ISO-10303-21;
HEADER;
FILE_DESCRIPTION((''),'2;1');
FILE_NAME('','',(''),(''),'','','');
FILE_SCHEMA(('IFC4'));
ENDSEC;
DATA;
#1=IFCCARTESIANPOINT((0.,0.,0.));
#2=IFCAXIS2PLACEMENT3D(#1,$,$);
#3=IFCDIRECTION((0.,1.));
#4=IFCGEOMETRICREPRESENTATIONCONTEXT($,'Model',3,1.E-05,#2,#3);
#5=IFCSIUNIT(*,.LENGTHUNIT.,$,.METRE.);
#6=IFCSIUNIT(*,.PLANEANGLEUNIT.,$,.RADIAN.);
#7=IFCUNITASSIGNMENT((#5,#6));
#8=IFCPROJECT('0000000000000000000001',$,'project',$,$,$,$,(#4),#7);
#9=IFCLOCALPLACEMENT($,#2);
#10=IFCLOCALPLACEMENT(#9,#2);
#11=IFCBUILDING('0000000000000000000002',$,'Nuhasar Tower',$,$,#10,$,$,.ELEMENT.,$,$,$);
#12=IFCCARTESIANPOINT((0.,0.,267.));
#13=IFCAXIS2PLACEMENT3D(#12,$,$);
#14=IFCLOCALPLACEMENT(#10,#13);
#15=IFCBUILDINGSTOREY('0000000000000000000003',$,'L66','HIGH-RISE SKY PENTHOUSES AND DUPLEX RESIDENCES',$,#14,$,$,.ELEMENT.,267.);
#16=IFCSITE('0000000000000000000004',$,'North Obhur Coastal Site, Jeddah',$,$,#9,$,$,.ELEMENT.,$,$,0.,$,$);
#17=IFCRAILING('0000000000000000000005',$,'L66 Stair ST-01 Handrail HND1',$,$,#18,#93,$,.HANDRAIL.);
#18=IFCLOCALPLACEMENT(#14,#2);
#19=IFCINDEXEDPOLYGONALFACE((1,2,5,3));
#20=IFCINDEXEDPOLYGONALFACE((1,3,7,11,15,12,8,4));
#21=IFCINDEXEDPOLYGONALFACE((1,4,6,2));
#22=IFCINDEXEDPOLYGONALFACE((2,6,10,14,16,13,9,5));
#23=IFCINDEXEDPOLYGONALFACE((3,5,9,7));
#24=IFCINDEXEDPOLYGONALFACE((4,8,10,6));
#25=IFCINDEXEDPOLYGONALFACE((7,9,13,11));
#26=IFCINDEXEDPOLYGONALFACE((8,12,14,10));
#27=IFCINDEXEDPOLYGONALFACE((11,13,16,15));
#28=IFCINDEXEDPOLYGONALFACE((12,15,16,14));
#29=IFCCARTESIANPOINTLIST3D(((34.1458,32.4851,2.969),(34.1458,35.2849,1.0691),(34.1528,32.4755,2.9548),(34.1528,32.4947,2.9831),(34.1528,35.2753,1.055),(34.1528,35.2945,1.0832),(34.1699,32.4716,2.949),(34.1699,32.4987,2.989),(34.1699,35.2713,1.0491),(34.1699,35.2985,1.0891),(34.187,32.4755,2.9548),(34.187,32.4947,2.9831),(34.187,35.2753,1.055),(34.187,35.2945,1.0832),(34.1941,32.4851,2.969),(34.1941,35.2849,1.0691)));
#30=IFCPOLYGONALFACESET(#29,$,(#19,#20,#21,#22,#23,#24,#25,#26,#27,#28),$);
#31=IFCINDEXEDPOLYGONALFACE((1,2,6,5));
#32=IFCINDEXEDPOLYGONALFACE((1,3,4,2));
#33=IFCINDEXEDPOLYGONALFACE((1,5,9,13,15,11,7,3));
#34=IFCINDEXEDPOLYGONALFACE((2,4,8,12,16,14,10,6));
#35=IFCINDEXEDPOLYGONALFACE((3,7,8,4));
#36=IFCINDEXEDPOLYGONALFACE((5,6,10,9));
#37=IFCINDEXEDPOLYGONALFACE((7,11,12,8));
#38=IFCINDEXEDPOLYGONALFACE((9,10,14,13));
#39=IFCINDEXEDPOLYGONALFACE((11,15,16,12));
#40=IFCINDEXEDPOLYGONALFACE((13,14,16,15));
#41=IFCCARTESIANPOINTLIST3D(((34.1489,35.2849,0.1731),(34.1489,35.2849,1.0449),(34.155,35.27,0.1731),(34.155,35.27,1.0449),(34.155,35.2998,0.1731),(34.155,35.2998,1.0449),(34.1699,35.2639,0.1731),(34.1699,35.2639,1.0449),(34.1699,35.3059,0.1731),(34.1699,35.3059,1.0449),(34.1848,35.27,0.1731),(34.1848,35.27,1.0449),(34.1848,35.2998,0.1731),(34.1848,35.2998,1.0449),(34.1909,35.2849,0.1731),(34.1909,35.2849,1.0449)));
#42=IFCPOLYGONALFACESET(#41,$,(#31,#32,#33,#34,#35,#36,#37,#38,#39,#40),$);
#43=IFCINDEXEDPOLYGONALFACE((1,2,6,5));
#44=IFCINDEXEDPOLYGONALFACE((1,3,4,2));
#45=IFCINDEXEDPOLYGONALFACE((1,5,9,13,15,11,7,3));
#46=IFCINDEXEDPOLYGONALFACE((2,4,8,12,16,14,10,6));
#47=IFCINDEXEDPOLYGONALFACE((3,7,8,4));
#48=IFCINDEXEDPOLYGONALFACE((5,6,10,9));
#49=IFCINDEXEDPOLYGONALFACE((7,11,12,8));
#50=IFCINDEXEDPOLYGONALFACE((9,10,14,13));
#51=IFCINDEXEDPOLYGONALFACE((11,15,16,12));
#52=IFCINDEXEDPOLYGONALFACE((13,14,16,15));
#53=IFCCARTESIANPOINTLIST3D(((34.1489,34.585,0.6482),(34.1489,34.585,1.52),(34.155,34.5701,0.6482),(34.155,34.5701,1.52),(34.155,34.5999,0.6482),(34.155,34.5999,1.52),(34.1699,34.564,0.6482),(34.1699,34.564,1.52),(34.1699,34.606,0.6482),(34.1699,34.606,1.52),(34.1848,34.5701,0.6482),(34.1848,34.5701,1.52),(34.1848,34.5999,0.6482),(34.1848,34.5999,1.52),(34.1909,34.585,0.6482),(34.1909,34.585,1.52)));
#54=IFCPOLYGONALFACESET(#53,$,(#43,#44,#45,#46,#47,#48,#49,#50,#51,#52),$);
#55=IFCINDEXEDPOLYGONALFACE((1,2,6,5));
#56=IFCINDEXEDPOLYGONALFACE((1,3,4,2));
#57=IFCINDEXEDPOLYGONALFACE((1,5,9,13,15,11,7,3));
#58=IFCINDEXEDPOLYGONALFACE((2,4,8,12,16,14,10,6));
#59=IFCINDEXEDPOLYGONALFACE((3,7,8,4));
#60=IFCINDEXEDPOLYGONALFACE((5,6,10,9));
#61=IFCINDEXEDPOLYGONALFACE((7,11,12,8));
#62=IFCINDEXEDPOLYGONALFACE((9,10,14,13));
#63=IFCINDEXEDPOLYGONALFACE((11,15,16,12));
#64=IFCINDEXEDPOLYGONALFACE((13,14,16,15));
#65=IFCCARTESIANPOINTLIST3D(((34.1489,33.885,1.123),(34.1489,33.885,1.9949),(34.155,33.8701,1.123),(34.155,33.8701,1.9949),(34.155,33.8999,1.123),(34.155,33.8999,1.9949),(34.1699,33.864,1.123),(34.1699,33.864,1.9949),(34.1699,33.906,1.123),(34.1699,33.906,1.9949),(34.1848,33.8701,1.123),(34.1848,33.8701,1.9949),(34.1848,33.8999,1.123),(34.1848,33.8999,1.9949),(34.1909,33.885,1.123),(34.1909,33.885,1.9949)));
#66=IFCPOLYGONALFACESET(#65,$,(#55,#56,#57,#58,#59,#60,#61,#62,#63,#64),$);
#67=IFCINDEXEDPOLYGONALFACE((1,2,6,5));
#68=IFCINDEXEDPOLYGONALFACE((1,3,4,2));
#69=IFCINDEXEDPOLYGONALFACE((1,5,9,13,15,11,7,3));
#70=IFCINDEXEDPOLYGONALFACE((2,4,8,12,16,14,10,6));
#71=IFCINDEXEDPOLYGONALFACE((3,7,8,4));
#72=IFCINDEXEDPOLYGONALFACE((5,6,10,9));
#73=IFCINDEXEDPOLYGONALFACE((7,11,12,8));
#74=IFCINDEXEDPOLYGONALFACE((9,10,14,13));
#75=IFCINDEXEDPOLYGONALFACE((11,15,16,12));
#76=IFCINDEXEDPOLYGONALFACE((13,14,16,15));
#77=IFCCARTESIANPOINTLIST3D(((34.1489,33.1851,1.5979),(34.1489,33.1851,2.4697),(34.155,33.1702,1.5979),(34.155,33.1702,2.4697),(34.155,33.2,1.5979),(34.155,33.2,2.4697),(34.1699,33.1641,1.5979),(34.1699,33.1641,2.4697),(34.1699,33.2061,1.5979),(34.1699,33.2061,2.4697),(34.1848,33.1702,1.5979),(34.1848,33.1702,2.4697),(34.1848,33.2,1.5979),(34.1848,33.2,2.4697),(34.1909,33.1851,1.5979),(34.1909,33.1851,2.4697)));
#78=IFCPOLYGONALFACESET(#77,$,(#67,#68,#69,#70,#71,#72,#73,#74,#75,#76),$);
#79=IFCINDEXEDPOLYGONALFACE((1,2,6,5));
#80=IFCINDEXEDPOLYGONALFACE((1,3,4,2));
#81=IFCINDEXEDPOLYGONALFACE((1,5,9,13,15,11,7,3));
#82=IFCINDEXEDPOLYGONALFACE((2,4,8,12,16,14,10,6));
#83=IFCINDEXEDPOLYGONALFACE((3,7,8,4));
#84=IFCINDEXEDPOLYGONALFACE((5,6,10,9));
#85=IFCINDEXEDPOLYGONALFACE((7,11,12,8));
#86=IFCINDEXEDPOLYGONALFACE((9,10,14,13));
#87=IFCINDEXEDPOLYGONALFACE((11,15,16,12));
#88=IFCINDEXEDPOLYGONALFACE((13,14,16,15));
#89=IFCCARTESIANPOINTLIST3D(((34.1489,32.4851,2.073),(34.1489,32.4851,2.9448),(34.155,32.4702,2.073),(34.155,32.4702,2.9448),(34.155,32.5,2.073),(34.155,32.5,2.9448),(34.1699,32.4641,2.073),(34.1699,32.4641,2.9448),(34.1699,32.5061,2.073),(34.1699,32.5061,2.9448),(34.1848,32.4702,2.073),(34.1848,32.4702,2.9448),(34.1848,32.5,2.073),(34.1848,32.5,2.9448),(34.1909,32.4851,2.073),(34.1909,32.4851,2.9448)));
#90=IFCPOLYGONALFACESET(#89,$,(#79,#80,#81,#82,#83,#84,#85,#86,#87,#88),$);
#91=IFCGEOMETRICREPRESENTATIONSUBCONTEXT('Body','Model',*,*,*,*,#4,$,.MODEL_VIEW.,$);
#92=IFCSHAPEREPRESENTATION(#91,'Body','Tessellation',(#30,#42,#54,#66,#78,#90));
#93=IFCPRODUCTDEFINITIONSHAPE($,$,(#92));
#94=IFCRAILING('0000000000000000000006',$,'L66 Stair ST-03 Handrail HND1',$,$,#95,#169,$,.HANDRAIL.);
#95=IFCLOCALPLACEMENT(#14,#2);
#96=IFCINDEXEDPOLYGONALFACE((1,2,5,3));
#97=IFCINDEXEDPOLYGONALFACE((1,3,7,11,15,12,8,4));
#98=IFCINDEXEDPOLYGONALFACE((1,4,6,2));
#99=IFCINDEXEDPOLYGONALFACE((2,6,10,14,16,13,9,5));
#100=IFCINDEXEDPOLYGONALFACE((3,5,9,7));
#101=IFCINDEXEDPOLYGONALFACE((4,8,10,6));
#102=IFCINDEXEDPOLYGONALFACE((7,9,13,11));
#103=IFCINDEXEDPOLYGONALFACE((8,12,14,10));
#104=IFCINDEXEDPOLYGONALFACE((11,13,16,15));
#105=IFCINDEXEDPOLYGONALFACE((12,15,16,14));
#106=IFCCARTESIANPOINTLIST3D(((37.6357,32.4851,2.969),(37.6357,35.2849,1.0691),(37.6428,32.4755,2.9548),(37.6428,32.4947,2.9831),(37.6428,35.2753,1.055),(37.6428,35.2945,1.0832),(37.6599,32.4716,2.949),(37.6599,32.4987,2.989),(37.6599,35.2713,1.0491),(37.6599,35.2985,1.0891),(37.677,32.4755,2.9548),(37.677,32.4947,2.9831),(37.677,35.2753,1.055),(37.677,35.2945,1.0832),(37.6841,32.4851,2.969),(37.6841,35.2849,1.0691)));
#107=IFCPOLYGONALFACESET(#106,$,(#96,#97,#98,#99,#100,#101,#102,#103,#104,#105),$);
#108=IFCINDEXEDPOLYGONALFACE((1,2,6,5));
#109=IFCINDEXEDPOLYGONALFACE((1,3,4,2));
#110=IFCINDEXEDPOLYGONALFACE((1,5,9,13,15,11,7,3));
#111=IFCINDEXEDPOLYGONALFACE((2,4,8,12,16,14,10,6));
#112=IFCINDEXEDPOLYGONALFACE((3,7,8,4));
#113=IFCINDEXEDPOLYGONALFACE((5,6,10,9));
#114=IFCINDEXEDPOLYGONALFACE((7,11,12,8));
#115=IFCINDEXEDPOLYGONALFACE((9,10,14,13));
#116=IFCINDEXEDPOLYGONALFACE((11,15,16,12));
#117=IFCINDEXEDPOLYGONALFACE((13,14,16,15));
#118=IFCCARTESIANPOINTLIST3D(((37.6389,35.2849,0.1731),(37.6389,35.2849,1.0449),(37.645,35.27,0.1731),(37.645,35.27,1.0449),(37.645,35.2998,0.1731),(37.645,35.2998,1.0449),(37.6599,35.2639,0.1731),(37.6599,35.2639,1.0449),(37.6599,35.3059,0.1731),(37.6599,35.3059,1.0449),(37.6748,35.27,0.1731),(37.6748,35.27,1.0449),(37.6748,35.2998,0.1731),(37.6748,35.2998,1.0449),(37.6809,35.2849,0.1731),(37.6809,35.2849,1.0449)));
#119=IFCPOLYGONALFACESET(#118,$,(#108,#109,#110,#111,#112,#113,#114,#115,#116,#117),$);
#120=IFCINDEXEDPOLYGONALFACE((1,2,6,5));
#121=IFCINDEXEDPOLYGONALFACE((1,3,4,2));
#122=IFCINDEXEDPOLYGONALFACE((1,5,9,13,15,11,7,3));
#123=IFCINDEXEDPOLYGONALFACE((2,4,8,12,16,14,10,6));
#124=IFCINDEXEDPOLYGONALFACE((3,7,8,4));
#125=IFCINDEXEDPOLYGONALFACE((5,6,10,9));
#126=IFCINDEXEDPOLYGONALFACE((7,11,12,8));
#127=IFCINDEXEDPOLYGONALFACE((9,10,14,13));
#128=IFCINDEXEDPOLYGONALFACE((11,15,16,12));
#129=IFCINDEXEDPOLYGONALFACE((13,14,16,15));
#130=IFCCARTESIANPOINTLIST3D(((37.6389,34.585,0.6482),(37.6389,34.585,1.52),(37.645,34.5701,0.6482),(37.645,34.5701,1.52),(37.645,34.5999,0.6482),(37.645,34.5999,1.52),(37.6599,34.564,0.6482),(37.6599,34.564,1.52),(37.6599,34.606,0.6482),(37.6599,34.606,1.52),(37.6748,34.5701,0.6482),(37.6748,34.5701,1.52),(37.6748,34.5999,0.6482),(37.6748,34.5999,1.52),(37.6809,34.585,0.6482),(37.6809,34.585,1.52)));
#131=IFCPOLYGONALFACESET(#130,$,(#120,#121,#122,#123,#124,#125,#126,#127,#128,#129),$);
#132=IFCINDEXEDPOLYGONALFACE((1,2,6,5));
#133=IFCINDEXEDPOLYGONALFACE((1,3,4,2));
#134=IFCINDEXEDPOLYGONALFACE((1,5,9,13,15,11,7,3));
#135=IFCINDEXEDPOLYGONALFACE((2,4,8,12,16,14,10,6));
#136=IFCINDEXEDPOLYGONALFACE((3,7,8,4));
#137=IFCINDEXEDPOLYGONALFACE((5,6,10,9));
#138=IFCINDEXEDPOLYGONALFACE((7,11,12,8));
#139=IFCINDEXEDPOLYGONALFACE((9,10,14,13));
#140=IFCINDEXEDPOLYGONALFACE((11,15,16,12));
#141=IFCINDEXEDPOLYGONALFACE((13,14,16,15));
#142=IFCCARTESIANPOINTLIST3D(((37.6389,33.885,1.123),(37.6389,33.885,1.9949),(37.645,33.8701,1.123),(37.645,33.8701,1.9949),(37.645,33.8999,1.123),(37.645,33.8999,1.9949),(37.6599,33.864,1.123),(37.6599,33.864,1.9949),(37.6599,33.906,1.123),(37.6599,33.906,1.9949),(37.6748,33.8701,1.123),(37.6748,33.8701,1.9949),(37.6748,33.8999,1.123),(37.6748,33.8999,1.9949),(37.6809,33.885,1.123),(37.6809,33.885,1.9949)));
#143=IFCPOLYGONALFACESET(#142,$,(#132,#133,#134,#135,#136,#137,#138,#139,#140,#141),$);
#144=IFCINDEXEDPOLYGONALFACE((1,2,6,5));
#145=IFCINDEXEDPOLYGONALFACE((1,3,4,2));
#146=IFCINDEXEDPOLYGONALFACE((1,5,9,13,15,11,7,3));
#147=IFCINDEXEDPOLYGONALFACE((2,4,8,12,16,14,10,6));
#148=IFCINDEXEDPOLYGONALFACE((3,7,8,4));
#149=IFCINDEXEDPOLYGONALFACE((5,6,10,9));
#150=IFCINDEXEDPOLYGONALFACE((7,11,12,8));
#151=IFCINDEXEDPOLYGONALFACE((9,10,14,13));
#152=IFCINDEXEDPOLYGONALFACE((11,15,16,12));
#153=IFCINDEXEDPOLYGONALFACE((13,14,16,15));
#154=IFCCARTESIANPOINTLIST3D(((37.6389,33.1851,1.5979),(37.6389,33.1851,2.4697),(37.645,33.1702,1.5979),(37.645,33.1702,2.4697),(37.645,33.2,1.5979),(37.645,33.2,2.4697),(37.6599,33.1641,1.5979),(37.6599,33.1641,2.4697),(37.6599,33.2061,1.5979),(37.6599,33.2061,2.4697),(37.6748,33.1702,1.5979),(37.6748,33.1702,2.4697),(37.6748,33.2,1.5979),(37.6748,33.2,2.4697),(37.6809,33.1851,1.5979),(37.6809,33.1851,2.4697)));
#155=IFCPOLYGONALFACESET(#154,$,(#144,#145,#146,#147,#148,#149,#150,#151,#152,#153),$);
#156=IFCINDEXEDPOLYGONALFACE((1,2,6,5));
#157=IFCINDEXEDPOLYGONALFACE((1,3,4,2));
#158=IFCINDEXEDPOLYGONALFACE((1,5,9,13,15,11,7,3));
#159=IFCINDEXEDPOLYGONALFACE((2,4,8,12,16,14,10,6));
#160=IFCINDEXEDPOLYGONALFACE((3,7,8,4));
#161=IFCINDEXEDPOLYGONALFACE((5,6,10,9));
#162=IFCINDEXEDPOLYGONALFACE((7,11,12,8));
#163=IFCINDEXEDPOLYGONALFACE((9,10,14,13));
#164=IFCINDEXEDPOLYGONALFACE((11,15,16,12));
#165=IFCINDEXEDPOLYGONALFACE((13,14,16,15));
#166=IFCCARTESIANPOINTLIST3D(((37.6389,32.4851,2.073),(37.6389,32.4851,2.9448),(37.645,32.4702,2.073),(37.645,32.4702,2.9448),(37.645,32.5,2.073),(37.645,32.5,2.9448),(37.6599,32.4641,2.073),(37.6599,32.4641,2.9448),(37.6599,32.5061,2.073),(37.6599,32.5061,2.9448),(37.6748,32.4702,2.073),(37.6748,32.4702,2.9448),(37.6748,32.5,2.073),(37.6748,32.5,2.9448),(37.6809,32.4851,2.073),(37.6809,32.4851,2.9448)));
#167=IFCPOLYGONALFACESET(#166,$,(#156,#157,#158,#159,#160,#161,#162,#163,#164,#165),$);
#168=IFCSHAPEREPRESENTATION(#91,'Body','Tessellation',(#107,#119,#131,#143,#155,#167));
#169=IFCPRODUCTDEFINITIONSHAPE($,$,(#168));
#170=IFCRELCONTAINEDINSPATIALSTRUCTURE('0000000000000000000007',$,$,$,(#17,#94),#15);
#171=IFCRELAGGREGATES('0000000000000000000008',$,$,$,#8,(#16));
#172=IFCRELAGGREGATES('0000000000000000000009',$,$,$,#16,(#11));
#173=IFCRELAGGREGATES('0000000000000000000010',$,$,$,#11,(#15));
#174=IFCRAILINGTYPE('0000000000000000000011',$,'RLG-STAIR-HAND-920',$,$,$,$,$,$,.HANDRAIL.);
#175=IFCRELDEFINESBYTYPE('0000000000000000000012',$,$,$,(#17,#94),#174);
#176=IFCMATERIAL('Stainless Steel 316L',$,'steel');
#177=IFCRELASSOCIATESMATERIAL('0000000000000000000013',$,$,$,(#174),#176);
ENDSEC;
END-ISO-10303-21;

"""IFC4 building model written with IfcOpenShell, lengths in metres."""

from ifc_helpers import new_model, si_unit, direction, frame, origin, place, context, subcontext, project, spatial, polyline, outline, extrude, material, type_object, element, save


model = new_model("IFC4")

# Units and contexts
model_context = context("Model", 3, precision=1e-05, world=origin(), true_north=direction((0.0, 1.0)))
body_context = subcontext(model_context, "Body", "Model", "MODEL_VIEW")
ifc_project = project(units=[si_unit("LENGTHUNIT", "METRE"), si_unit("PLANEANGLEUNIT", "RADIAN")], contexts=[model_context])

# Site, building, storey
site_placement = place(None, origin())
site = spatial("IfcSite", under=ifc_project, at=site_placement, Name="North Obhur Coastal Site, Jeddah", CompositionType="ELEMENT", RefElevation=0.0)
building_placement = place(site_placement, origin())
building = spatial("IfcBuilding", under=site, at=building_placement, Name="Nuhasar Tower", CompositionType="ELEMENT")
storey_placement = place(building_placement, frame((0.0, 0.0, 267.0)))
storey = spatial("IfcBuildingStorey", under=building, at=storey_placement, Name="L66", Description="HIGH-RISE SKY PENTHOUSES AND DUPLEX RESIDENCES", CompositionType="ELEMENT", Elevation=267.0)

# Railings
ifc_material_1 = material(Name="Stainless Steel 316L", Category="steel")
railing_type_1 = type_object("IfcRailingType", Name="RLG-STAIR-HAND-920", PredefinedType="HANDRAIL", material=ifc_material_1)
railing_1_placement = place(storey_placement, frame((34.1699, 35.2849, 0.1731)))
element("IfcRailing", 1, at=railing_1_placement, inside=storey, type_object=railing_type_1, Name="L66 Stair ST-01 Handrail HND1", PredefinedType="HANDRAIL", context=body_context, shape_type="SweptSolid", body=[
    extrude(outline(polyline([(0.0242, 0.0), (0.0171, 0.0171), (0.0, 0.0242), (-0.0171, 0.0171), (-0.0242, 0.0), (-0.0171, -0.0171), (0.0, -0.0242), (0.0171, -0.0171), (0.0242, 0.0)])), frame((0.0, 0.0, 0.896), z_axis=(0.0, -0.827471, 0.561508), x_axis=(1.0, 0.0, 0.0)), (0.0, 0.0, 1.0), 3.3835),
    extrude(outline(polyline([(0.021, 0.0), (0.0149, 0.0149), (0.0, 0.021), (-0.0149, 0.0149), (-0.021, 0.0), (-0.0149, -0.0149), (0.0, -0.021), (0.0149, -0.0149), (0.021, 0.0)])), origin(), (0.0, 0.0, 1.0), 0.8718),
    extrude(outline(polyline([(0.021, 0.0), (0.0149, 0.0149), (0.0, 0.021), (-0.0149, 0.0149), (-0.021, 0.0), (-0.0149, -0.0149), (0.0, -0.021), (0.0149, -0.0149), (0.021, 0.0)])), frame((0.0, -0.7, 0.4751)), (0.0, 0.0, 1.0), 0.8718),
    extrude(outline(polyline([(0.021, 0.0), (0.0149, 0.0149), (0.0, 0.021), (-0.0149, 0.0149), (-0.021, 0.0), (-0.0149, -0.0149), (0.0, -0.021), (0.0149, -0.0149), (0.021, 0.0)])), frame((0.0, -1.3999, 0.95)), (0.0, 0.0, 1.0), 0.8718),
    extrude(outline(polyline([(0.021, 0.0), (0.0149, 0.0149), (0.0, 0.021), (-0.0149, 0.0149), (-0.021, 0.0), (-0.0149, -0.0149), (0.0, -0.021), (0.0149, -0.0149), (0.021, 0.0)])), frame((0.0, -2.0999, 1.4248)), (0.0, 0.0, 1.0), 0.8718),
    extrude(outline(polyline([(0.021, 0.0), (0.0149, 0.0149), (0.0, 0.021), (-0.0149, 0.0149), (-0.021, 0.0), (-0.0149, -0.0149), (0.0, -0.021), (0.0149, -0.0149), (0.021, 0.0)])), frame((0.0, -2.7998, 1.8999)), (0.0, 0.0, 1.0), 0.8718),
])
railing_2_placement = place(storey_placement, frame((37.6599, 35.2849, 0.1731)))
element("IfcRailing", 2, at=railing_2_placement, inside=storey, type_object=railing_type_1, Name="L66 Stair ST-03 Handrail HND1", PredefinedType="HANDRAIL", context=body_context, shape_type="SweptSolid", body=[
    extrude(outline(polyline([(0.0242, 0.0), (0.0171, 0.0171), (0.0, 0.0242), (-0.0171, 0.0171), (-0.0242, 0.0), (-0.0171, -0.0171), (0.0, -0.0242), (0.0171, -0.0171), (0.0242, 0.0)])), frame((0.0, 0.0, 0.896), z_axis=(0.0, -0.827471, 0.561508), x_axis=(1.0, 0.0, 0.0)), (0.0, 0.0, 1.0), 3.3835),
    extrude(outline(polyline([(0.021, 0.0), (0.0149, 0.0149), (0.0, 0.021), (-0.0149, 0.0149), (-0.021, 0.0), (-0.0149, -0.0149), (0.0, -0.021), (0.0149, -0.0149), (0.021, 0.0)])), origin(), (0.0, 0.0, 1.0), 0.8718),
    extrude(outline(polyline([(0.021, 0.0), (0.0149, 0.0149), (0.0, 0.021), (-0.0149, 0.0149), (-0.021, 0.0), (-0.0149, -0.0149), (0.0, -0.021), (0.0149, -0.0149), (0.021, 0.0)])), frame((0.0, -0.7, 0.4751)), (0.0, 0.0, 1.0), 0.8718),
    extrude(outline(polyline([(0.021, 0.0), (0.0149, 0.0149), (0.0, 0.021), (-0.0149, 0.0149), (-0.021, 0.0), (-0.0149, -0.0149), (0.0, -0.021), (0.0149, -0.0149), (0.021, 0.0)])), frame((0.0, -1.3999, 0.95)), (0.0, 0.0, 1.0), 0.8718),
    extrude(outline(polyline([(0.021, 0.0), (0.0149, 0.0149), (0.0, 0.021), (-0.0149, 0.0149), (-0.021, 0.0), (-0.0149, -0.0149), (0.0, -0.021), (0.0149, -0.0149), (0.021, 0.0)])), frame((0.0, -2.0999, 1.4248)), (0.0, 0.0, 1.0), 0.8718),
    extrude(outline(polyline([(0.021, 0.0), (0.0149, 0.0149), (0.0, 0.021), (-0.0149, 0.0149), (-0.021, 0.0), (-0.0149, -0.0149), (0.0, -0.021), (0.0149, -0.0149), (0.021, 0.0)])), frame((0.0, -2.7998, 1.8999)), (0.0, 0.0, 1.0), 0.8718),
])

save(model, "model.ifc")
